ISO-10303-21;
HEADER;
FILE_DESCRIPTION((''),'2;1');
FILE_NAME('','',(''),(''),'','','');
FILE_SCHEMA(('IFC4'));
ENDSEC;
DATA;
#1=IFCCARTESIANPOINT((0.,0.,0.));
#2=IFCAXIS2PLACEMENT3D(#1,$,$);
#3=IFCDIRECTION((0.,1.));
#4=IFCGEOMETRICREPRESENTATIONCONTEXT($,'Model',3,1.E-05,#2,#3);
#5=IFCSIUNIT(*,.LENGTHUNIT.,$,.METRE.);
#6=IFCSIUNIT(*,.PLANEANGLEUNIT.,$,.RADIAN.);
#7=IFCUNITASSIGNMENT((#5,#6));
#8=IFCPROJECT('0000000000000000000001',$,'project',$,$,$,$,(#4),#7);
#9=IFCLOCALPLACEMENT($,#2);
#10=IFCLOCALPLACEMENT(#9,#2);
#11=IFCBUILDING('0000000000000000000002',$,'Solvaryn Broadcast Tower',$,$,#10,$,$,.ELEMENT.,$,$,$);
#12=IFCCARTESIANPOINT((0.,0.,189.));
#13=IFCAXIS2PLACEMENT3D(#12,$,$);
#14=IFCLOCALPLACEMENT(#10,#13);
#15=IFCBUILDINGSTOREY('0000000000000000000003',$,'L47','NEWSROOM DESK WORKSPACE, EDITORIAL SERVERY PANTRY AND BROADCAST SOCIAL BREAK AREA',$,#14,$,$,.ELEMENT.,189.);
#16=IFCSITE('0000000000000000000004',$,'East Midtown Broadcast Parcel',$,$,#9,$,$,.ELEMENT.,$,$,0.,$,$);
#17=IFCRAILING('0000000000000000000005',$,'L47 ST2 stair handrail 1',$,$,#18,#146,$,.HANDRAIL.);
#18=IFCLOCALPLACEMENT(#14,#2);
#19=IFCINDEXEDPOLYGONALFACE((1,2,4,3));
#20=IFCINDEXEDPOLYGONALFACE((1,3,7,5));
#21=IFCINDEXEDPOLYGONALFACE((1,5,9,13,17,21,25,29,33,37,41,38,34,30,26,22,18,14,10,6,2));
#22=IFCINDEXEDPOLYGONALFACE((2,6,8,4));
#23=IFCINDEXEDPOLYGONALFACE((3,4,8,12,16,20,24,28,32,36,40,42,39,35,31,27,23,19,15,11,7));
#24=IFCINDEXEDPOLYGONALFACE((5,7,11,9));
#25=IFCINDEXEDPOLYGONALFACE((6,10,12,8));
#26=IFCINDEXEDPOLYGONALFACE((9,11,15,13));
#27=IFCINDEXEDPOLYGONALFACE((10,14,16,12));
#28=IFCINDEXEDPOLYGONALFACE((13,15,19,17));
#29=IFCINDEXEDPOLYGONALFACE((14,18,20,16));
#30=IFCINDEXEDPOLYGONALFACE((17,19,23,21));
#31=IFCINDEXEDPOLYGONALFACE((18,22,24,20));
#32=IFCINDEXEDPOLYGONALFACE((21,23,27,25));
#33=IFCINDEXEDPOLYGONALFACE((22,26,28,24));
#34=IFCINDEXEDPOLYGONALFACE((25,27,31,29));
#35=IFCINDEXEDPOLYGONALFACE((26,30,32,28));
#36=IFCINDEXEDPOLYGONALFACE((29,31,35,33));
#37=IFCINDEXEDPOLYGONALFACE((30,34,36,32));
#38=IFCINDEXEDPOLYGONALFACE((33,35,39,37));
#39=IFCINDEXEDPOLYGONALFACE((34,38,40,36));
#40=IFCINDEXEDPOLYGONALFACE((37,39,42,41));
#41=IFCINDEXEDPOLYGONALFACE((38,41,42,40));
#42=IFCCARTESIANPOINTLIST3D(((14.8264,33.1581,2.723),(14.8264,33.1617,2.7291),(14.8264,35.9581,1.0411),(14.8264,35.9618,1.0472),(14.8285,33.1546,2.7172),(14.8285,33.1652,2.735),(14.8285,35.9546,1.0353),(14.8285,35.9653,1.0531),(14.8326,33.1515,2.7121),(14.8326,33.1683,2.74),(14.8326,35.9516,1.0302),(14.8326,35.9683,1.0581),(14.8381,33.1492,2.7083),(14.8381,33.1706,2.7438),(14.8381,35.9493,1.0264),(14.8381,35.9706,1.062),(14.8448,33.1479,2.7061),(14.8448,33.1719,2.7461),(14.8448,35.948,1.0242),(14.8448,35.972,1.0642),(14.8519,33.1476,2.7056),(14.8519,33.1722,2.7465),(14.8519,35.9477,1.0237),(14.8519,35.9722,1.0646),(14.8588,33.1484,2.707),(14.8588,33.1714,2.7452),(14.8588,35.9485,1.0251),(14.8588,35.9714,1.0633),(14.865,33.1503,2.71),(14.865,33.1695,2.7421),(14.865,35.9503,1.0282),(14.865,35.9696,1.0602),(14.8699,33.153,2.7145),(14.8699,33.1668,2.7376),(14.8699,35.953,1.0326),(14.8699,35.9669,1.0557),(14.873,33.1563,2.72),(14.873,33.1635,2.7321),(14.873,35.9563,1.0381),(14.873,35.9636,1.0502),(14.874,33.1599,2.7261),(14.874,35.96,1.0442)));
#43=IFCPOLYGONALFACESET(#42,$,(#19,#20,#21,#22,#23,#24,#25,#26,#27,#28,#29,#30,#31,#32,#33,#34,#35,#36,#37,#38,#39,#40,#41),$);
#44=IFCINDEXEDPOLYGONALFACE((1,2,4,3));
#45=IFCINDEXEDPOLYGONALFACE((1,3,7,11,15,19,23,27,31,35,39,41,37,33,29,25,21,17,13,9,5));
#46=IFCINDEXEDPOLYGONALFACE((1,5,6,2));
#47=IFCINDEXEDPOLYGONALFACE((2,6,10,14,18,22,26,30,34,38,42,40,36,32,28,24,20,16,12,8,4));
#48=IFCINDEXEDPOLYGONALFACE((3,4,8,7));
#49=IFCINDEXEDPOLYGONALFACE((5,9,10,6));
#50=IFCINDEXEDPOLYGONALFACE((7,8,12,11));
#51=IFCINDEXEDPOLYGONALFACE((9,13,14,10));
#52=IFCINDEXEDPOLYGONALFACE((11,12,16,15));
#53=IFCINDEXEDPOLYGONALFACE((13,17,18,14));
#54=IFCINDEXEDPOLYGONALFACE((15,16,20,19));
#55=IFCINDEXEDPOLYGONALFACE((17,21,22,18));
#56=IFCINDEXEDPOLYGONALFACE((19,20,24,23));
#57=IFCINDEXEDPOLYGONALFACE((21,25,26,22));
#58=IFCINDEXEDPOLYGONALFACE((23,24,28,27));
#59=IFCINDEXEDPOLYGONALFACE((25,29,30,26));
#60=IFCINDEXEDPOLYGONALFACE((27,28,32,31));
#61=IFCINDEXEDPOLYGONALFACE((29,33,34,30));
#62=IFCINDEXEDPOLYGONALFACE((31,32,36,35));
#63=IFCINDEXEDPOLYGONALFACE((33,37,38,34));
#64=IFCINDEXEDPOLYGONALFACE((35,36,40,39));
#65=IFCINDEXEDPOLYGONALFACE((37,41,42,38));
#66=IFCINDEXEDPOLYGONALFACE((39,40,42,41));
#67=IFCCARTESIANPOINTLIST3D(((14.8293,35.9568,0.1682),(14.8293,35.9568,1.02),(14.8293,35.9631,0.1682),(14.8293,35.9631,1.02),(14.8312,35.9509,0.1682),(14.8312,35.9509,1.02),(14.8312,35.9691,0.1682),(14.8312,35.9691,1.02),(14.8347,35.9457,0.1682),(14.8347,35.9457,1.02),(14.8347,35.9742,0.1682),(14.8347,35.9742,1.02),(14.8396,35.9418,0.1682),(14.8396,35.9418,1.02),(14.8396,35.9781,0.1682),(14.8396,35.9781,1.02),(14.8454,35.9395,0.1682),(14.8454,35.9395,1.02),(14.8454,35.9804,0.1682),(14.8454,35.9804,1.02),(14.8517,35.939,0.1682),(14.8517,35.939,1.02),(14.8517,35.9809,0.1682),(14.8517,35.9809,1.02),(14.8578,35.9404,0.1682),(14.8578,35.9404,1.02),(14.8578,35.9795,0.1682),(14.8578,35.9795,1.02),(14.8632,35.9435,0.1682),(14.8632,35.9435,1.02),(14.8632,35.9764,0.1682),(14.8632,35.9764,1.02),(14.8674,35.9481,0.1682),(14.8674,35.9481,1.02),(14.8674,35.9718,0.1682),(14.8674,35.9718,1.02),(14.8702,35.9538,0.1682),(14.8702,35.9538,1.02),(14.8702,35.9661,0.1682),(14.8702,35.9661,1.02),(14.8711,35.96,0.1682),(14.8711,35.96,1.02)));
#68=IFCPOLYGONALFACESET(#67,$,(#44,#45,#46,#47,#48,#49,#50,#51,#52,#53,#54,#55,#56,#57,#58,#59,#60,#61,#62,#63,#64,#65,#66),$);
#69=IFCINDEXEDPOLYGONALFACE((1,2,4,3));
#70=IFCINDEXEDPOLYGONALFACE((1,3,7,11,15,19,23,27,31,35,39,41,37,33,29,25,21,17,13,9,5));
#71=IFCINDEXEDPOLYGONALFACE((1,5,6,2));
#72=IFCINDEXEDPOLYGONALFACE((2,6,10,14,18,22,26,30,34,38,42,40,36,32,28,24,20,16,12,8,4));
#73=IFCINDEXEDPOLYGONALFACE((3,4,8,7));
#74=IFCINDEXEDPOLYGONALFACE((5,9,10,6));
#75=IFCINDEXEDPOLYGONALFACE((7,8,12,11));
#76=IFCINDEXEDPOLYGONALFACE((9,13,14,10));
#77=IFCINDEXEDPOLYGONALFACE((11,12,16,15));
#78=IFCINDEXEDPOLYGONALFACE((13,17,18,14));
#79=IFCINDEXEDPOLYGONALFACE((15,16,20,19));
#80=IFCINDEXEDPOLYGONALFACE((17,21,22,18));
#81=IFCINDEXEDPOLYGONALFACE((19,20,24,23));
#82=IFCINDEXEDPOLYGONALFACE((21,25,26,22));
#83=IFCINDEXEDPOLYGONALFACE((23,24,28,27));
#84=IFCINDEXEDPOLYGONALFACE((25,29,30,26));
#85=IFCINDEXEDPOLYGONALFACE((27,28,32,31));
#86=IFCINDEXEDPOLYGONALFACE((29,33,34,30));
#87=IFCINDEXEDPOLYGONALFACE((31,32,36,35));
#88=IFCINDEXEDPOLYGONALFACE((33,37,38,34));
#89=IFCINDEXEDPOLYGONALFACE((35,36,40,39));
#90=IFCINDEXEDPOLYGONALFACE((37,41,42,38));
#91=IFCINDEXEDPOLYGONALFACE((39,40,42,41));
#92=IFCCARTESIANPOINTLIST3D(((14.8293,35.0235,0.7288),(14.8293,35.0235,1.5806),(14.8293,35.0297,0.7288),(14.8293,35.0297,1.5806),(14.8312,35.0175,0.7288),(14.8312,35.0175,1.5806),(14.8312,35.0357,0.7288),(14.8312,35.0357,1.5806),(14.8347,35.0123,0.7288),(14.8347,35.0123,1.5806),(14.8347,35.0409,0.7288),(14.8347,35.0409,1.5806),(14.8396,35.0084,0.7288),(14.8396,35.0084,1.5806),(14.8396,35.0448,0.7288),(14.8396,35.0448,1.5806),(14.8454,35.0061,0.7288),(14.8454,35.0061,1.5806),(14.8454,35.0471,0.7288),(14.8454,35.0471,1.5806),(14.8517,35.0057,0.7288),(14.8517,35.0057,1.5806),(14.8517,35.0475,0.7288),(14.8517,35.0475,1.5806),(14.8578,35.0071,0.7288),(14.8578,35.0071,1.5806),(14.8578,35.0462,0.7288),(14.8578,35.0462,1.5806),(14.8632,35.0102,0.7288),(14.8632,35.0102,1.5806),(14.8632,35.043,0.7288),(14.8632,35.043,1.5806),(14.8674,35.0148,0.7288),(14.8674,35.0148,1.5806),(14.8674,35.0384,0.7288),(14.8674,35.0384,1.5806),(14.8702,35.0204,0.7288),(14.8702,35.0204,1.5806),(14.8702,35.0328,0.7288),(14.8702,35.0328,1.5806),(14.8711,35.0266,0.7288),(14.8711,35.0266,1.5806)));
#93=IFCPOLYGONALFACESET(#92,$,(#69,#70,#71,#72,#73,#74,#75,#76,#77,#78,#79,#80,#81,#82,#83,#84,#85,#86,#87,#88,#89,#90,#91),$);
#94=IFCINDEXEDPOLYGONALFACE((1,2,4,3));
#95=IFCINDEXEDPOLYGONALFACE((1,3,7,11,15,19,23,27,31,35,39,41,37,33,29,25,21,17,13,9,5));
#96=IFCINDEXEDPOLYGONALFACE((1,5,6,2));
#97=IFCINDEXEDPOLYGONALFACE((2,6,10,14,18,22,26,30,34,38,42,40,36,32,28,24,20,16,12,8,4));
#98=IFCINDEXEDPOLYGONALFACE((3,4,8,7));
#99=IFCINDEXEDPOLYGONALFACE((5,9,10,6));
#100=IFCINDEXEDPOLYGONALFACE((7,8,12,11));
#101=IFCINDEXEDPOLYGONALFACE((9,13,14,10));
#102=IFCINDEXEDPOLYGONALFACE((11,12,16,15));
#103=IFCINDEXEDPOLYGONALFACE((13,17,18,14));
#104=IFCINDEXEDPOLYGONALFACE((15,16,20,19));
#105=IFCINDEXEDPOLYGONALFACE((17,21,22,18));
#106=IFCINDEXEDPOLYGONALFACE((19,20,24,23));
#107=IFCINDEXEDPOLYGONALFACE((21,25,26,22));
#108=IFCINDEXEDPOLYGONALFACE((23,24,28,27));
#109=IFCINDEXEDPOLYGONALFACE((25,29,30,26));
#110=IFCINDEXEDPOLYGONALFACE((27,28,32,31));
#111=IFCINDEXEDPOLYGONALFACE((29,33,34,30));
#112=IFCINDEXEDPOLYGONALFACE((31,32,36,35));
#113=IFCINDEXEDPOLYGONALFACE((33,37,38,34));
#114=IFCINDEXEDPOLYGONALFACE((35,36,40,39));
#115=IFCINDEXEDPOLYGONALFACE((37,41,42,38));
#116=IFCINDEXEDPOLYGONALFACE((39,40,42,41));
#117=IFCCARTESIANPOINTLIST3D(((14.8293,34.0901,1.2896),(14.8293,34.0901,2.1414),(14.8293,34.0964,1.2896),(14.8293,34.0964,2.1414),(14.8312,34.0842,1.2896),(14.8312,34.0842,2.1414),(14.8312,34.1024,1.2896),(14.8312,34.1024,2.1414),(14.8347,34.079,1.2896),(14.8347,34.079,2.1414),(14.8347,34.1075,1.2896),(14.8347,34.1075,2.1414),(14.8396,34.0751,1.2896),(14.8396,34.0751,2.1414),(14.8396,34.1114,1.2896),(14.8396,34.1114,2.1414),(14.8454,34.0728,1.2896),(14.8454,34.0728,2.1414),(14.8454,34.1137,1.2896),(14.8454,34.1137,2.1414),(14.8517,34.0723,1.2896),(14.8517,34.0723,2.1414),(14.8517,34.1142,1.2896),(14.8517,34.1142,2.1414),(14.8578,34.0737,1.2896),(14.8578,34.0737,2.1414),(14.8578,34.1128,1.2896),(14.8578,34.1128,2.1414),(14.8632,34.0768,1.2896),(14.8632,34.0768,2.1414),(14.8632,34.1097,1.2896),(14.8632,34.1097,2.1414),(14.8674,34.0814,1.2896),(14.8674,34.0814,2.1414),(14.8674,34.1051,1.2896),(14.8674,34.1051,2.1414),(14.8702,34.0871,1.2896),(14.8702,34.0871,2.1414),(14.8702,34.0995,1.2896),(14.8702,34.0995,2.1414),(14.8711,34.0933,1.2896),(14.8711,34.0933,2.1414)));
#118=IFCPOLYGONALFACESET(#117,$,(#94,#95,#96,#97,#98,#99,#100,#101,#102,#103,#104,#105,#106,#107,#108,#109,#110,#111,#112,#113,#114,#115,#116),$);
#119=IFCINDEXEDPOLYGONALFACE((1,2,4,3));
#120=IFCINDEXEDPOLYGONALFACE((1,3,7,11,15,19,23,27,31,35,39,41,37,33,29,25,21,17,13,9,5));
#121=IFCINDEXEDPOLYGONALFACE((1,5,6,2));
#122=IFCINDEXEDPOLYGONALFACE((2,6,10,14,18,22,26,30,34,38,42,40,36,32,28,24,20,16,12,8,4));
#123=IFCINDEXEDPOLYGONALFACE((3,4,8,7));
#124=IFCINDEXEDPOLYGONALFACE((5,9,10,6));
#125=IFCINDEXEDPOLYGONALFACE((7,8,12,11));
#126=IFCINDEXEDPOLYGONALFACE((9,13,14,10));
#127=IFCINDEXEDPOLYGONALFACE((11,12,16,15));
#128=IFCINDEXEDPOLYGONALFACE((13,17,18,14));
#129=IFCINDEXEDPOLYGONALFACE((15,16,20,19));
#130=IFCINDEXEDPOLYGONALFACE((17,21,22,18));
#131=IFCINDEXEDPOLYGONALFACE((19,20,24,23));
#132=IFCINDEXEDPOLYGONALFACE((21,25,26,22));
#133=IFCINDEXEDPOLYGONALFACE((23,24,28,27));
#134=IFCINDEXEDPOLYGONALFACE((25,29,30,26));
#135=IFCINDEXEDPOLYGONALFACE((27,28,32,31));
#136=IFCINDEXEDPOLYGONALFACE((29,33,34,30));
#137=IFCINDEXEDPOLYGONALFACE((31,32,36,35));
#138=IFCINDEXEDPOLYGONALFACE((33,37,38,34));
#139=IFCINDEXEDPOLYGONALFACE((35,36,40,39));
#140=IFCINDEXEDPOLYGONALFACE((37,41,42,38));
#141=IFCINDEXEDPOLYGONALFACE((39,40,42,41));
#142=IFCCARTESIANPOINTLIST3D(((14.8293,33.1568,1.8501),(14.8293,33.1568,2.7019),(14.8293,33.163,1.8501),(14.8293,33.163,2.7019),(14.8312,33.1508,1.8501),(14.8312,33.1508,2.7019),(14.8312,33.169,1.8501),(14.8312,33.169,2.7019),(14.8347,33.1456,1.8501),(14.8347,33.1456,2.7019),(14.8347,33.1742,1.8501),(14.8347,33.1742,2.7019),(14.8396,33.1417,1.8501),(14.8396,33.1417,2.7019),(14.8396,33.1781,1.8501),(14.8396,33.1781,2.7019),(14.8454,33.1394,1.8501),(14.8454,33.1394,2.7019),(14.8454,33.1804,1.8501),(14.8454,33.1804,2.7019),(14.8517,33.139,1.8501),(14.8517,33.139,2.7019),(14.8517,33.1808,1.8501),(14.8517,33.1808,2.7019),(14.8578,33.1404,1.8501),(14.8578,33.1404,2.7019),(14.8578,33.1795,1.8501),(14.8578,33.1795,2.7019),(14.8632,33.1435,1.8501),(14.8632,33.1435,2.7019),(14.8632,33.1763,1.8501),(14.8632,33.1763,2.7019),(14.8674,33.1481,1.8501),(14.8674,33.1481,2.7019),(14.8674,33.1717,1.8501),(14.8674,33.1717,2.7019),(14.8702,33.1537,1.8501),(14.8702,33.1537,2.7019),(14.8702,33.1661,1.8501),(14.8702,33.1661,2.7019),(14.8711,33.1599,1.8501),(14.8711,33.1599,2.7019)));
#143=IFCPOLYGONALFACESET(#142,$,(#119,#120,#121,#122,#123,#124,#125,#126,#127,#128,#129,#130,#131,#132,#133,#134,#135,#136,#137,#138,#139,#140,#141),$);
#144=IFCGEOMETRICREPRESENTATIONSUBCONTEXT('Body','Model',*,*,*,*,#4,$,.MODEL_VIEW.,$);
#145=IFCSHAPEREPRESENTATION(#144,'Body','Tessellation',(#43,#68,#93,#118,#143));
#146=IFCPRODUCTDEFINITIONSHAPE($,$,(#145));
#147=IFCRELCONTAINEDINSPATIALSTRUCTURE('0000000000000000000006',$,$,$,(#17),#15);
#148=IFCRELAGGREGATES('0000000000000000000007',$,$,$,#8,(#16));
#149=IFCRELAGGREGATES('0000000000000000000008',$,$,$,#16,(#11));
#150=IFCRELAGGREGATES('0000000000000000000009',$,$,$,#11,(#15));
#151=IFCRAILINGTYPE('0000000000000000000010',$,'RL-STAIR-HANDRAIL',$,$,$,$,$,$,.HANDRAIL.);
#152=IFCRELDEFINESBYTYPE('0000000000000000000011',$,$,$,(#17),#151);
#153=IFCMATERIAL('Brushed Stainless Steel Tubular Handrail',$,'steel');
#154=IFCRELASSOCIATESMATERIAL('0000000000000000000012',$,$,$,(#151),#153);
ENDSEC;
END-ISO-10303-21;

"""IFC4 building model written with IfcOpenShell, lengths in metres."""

from ifc_helpers import new_model, si_unit, direction, frame, origin, origin_2d, place, context, subcontext, project, spatial, circle, extrude, material, type_object, element, save


model = new_model("IFC4")

# Units and contexts
model_context = context("Model", 3, precision=1e-05, world=origin(), true_north=direction((0.0, 1.0)))
body_context = subcontext(model_context, "Body", "Model", "MODEL_VIEW")
ifc_project = project(units=[si_unit("LENGTHUNIT", "METRE"), si_unit("PLANEANGLEUNIT", "RADIAN")], contexts=[model_context])

# Site, building, storey
site_placement = place(None, origin())
site = spatial("IfcSite", under=ifc_project, at=site_placement, Name="East Midtown Broadcast Parcel", CompositionType="ELEMENT", RefElevation=0.0)
building_placement = place(site_placement, origin())
building = spatial("IfcBuilding", under=site, at=building_placement, Name="Solvaryn Broadcast Tower", CompositionType="ELEMENT")
storey_placement = place(building_placement, frame((0.0, 0.0, 189.0)))
storey = spatial("IfcBuildingStorey", under=building, at=storey_placement, Name="L47", Description="NEWSROOM DESK WORKSPACE, EDITORIAL SERVERY PANTRY AND BROADCAST SOCIAL BREAK AREA", CompositionType="ELEMENT", Elevation=189.0)

# Railing
ifc_material_1 = material(Name="Brushed Stainless Steel Tubular Handrail", Category="steel")
railing_type_1 = type_object("IfcRailingType", Name="RL-STAIR-HANDRAIL", PredefinedType="HANDRAIL", material=ifc_material_1)
railing_1_placement = place(storey_placement, frame((14.8501, 35.96, 0.1682)))
element("IfcRailing", 1, at=railing_1_placement, inside=storey, type_object=railing_type_1, Name="L47 ST2 stair handrail 1", PredefinedType="HANDRAIL", context=body_context, shape_type="SweptSolid", body=[
    extrude(circle(Radius=0.0239, at=origin_2d()), frame((0.0, 0.0, 0.876), z_axis=(0.0, -0.857242, 0.514913), x_axis=(1.0, 0.0, 0.0)), (0.0, 0.0, 1.0), 3.2664),
    extrude(circle(Radius=0.021, at=origin_2d()), origin(), (0.0, 0.0, 1.0), 0.8518),
    extrude(circle(Radius=0.021, at=origin_2d()), frame((0.0, -0.9333, 0.5605)), (0.0, 0.0, 1.0), 0.8518),
    extrude(circle(Radius=0.021, at=origin_2d()), frame((0.0, -1.8667, 1.1213)), (0.0, 0.0, 1.0), 0.8518),
    extrude(circle(Radius=0.021, at=origin_2d()), frame((0.0, -2.8, 1.6819)), (0.0, 0.0, 1.0), 0.8518),
])

save(model, "model.ifc")
